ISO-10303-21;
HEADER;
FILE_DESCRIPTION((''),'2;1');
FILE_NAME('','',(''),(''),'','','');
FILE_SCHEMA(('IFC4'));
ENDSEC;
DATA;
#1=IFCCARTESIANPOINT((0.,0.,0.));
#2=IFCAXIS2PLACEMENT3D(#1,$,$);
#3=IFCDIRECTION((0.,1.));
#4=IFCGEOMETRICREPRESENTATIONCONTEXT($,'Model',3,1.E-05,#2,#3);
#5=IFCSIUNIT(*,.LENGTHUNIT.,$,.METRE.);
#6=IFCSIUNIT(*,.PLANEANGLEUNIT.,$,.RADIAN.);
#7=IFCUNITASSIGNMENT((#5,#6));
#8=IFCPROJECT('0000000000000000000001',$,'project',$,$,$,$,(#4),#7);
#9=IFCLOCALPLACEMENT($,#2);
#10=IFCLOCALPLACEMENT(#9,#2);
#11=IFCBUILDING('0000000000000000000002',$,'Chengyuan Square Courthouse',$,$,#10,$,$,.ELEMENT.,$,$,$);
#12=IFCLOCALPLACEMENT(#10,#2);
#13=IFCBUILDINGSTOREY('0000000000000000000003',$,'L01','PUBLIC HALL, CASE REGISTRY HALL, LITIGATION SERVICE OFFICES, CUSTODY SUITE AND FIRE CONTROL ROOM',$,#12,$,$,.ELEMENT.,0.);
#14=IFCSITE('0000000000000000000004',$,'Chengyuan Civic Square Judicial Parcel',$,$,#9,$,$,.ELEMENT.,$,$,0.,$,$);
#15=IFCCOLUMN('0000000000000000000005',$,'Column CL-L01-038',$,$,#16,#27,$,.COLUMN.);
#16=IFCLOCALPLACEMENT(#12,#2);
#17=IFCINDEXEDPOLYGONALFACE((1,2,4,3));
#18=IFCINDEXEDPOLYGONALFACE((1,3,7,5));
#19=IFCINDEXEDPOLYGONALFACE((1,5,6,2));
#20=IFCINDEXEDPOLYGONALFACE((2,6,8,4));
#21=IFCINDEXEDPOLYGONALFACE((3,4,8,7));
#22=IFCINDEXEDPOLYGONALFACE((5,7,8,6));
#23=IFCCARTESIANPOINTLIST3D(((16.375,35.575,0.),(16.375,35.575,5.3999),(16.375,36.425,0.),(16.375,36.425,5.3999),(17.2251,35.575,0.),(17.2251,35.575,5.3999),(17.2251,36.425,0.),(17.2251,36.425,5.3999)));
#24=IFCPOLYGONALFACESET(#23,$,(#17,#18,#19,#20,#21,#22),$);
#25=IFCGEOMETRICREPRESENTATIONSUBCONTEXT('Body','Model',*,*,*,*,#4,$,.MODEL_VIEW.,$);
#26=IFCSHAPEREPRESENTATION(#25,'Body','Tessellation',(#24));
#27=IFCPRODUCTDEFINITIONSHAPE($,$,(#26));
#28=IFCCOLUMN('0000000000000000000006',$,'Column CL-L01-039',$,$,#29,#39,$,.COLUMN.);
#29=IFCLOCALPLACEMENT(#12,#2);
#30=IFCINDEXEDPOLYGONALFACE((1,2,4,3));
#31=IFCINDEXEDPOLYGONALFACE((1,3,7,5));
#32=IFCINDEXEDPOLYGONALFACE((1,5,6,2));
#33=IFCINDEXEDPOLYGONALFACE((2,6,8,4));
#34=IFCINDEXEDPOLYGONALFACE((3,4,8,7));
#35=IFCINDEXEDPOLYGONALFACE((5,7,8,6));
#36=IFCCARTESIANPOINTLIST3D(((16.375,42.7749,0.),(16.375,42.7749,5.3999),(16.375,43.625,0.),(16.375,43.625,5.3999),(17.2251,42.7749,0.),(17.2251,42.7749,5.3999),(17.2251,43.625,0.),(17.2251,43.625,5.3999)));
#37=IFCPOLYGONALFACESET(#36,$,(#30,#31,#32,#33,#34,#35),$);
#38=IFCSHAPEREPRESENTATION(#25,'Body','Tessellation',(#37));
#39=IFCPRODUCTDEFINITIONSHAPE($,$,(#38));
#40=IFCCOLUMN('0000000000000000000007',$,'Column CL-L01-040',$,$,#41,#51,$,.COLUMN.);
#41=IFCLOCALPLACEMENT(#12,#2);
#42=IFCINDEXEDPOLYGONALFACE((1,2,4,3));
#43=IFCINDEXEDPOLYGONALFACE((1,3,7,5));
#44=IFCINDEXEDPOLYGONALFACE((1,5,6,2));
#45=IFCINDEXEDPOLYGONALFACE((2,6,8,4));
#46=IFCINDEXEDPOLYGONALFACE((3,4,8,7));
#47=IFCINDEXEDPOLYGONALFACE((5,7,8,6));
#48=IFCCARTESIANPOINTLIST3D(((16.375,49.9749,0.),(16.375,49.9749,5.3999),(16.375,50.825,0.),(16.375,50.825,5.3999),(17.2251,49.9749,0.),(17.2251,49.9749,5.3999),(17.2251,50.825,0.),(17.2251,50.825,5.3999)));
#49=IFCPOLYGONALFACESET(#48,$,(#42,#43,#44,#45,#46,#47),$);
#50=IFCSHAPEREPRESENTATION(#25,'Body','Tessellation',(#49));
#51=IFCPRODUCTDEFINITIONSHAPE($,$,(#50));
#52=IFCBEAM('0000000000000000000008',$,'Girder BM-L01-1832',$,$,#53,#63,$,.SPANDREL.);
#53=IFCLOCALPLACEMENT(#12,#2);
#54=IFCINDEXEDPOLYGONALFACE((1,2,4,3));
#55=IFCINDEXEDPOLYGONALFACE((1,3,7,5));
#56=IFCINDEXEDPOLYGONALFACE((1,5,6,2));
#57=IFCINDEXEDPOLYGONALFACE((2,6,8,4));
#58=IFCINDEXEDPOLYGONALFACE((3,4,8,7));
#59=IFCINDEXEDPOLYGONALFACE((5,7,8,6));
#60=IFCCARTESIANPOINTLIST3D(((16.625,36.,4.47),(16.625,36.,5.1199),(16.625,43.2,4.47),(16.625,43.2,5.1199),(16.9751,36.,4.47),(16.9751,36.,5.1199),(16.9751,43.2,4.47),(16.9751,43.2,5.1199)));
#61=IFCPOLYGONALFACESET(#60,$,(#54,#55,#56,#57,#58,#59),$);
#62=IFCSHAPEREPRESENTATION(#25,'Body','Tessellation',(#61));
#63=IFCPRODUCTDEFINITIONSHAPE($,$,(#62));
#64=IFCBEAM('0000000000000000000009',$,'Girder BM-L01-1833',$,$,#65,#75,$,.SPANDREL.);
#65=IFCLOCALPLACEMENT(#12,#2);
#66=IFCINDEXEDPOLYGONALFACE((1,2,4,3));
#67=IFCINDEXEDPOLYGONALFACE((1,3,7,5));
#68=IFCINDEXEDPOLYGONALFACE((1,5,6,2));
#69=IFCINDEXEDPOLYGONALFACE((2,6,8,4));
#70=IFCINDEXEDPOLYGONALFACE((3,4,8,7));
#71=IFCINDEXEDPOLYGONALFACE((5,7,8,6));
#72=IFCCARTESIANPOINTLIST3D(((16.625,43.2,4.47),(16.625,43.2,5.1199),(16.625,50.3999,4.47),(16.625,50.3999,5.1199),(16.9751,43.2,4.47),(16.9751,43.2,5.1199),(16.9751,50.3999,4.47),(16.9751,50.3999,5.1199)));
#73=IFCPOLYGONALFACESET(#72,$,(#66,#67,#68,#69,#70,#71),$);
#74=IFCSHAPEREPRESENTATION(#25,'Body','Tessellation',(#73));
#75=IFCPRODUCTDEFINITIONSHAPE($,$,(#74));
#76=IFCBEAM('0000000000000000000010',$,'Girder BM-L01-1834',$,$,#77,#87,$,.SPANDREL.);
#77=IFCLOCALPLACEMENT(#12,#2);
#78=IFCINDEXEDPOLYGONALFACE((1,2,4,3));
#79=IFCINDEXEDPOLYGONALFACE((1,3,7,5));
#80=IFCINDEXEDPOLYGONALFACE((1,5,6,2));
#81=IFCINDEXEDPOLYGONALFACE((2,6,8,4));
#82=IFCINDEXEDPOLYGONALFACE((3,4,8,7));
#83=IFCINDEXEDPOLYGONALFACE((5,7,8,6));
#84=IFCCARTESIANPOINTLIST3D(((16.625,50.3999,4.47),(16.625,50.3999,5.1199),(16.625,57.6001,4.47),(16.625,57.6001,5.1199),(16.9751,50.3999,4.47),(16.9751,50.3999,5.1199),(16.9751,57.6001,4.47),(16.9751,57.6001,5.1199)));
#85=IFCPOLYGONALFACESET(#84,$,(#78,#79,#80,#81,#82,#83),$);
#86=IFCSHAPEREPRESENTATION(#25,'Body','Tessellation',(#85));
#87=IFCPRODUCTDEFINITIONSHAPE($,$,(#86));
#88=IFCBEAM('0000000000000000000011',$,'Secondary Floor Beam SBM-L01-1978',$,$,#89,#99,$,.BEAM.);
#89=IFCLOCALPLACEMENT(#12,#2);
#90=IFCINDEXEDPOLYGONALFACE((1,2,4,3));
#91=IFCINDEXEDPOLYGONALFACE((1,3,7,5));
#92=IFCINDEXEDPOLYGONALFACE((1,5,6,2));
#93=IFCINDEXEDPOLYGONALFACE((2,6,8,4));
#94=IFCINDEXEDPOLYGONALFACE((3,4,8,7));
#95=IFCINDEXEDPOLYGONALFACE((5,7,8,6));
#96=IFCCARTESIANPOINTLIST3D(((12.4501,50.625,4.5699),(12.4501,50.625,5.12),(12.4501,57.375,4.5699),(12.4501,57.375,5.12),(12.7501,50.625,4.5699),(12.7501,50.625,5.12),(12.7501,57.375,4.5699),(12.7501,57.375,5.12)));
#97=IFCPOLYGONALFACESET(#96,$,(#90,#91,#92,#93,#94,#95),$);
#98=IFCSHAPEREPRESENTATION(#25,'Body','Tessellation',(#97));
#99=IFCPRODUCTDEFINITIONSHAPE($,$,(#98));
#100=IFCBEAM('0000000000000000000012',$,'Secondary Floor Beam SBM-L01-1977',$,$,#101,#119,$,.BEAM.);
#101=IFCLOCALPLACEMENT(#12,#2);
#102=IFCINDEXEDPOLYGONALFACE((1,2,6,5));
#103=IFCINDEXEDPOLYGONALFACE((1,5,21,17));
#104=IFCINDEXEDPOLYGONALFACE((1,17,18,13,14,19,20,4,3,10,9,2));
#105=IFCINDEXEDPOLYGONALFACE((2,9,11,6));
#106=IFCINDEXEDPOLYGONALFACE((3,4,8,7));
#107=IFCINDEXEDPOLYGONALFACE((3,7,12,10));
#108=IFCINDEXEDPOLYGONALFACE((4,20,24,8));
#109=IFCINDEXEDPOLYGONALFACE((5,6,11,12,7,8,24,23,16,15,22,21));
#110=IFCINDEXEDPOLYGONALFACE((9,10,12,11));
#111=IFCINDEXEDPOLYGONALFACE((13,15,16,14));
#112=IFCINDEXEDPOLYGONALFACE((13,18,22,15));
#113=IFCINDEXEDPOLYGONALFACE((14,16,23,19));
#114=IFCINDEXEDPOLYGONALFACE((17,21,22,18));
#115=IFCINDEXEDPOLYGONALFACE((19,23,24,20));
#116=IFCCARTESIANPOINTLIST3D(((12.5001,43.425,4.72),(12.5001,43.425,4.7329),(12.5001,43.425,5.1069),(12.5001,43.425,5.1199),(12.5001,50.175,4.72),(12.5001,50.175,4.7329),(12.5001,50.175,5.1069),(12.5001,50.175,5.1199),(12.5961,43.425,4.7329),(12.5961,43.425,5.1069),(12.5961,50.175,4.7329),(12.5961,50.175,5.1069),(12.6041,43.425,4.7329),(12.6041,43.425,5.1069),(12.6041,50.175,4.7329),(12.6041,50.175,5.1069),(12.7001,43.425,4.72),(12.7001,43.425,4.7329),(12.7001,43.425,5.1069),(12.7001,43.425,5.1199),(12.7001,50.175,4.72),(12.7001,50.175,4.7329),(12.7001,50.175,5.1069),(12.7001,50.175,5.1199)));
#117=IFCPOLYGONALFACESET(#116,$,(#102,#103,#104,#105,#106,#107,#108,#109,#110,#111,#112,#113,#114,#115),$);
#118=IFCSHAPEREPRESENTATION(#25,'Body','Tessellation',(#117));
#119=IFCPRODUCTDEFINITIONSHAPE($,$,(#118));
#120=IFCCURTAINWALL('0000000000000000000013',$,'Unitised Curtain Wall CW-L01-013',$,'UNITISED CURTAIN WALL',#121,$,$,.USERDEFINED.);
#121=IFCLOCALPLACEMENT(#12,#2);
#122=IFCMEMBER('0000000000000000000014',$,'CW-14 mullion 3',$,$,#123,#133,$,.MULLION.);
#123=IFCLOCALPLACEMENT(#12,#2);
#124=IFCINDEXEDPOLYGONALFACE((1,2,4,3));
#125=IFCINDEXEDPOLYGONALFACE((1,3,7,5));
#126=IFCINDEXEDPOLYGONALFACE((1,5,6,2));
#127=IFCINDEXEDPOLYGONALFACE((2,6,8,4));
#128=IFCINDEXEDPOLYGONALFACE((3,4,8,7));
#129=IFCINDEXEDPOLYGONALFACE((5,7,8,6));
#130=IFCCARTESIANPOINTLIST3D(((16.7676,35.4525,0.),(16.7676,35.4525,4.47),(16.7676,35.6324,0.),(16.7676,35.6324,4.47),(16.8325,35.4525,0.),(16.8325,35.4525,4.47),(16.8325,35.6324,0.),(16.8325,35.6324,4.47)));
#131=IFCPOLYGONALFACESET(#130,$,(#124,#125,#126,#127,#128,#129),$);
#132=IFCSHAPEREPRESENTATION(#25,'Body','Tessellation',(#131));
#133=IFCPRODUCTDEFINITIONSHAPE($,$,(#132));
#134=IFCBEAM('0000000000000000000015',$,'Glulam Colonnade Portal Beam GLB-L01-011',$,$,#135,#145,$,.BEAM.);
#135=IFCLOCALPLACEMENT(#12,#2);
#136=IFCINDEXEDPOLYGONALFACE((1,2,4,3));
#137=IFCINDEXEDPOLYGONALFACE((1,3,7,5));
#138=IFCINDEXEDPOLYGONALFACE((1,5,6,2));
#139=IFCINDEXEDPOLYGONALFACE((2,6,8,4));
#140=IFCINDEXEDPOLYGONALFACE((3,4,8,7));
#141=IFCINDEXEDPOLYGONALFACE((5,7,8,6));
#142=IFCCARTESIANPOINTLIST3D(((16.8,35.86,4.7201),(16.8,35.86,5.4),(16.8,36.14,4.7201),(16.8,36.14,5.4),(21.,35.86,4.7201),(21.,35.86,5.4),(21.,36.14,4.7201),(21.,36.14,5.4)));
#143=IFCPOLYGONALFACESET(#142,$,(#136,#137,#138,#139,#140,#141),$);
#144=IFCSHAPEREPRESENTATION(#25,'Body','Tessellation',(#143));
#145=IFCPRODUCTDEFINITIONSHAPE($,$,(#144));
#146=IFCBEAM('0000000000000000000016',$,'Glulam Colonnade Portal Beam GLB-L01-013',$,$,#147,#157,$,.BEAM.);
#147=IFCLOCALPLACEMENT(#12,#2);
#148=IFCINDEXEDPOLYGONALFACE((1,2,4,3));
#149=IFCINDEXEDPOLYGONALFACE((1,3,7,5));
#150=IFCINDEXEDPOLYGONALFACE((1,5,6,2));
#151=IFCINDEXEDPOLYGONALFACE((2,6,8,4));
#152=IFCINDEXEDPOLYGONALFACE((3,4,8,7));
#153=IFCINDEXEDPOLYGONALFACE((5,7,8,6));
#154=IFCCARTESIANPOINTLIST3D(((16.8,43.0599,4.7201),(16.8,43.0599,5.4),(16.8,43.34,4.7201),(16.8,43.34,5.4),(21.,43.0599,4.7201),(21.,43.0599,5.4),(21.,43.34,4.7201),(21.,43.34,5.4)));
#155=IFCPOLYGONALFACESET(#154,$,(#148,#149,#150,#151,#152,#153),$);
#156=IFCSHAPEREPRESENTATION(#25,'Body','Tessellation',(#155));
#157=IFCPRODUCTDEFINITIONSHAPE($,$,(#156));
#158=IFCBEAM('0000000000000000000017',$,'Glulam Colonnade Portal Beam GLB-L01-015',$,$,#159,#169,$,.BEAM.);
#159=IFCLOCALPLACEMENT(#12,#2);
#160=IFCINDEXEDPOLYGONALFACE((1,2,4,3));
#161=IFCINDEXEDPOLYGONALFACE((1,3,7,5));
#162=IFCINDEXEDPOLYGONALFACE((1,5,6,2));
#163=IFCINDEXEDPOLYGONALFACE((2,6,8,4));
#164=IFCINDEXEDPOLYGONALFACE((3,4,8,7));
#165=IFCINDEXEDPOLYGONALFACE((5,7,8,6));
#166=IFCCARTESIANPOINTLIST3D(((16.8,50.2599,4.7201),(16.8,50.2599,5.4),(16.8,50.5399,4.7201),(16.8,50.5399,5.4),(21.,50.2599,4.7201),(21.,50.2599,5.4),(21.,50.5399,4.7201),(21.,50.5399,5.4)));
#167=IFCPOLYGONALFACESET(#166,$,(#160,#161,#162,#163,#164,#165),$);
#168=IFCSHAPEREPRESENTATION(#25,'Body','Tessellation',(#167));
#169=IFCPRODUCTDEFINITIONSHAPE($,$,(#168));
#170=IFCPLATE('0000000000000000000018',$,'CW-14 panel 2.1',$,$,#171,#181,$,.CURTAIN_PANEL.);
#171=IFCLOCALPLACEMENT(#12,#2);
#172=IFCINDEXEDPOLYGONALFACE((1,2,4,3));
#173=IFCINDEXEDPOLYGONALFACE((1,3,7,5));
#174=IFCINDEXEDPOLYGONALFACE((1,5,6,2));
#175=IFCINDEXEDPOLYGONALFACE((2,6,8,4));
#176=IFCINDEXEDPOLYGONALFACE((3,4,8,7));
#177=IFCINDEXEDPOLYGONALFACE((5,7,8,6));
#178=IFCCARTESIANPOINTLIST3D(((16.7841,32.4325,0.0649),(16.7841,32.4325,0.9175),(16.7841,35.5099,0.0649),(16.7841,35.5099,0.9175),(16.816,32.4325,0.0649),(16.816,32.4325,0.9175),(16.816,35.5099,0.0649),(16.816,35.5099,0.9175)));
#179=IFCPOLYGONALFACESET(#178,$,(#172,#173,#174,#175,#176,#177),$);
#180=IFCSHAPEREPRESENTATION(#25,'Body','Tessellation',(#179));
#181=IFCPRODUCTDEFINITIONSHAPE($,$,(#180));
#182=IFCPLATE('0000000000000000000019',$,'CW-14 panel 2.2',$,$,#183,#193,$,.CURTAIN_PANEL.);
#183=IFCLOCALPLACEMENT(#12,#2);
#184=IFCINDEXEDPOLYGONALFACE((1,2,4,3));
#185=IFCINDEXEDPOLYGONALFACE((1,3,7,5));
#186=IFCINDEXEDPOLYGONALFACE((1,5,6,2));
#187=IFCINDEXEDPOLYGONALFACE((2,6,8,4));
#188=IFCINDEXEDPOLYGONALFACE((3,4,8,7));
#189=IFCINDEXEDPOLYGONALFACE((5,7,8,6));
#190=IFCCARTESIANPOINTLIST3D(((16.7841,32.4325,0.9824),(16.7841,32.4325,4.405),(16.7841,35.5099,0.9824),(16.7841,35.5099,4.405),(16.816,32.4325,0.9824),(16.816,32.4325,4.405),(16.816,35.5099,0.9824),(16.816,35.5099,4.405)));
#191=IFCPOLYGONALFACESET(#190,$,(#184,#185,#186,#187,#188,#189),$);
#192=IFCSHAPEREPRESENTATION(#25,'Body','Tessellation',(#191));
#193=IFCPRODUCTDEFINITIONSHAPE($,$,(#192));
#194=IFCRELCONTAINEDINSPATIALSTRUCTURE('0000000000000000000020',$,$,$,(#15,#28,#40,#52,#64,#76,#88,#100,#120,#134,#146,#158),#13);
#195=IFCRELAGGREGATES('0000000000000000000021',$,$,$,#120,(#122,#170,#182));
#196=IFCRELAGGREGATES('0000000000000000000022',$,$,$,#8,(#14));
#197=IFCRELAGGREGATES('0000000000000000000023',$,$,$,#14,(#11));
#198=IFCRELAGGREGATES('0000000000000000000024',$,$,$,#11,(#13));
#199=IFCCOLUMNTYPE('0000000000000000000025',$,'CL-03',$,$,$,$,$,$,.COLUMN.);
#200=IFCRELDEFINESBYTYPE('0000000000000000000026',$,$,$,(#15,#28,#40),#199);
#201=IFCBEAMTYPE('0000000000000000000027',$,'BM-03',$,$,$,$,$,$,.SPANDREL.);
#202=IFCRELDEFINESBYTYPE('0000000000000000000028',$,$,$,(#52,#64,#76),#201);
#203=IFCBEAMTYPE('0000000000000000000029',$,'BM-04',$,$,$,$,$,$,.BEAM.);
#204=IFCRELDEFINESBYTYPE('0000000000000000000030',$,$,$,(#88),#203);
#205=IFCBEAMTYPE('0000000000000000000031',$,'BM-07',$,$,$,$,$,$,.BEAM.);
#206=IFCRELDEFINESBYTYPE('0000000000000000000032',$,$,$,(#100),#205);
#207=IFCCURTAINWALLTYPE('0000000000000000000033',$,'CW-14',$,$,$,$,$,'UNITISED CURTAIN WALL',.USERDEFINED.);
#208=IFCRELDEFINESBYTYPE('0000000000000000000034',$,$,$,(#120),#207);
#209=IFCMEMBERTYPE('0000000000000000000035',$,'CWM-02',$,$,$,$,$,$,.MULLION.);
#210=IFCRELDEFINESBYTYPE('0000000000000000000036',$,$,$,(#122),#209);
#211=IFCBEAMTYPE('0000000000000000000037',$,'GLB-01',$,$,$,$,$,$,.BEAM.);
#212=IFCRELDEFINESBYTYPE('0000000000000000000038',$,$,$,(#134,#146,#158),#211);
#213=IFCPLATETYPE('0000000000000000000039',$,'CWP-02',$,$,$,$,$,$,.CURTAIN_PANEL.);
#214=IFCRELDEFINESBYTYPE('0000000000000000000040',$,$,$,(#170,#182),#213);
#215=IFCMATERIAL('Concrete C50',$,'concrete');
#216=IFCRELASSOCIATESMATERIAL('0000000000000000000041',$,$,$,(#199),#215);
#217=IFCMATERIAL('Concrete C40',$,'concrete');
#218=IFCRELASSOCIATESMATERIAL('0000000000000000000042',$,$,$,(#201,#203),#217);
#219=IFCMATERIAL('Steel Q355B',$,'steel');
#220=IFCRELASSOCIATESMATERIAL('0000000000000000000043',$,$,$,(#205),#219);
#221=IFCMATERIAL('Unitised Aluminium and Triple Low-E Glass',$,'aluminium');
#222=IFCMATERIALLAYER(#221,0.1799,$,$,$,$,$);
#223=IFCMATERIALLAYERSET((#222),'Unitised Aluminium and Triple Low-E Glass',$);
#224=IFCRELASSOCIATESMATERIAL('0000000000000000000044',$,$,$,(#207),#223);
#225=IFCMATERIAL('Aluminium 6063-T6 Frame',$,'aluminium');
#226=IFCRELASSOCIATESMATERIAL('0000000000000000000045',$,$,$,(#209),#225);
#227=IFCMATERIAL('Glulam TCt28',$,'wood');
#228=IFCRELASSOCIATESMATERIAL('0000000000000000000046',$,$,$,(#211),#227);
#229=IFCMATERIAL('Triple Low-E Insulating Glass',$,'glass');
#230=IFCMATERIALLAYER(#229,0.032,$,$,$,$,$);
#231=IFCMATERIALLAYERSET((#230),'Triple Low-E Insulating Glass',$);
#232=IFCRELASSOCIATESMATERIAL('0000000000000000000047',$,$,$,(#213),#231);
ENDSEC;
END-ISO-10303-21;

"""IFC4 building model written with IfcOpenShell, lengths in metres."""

from ifc_helpers import new_model, si_unit, direction, frame, origin, origin_2d, place, context, subcontext, project, spatial, rectangle, i_section, extrude, material, layer, layer_set, material_profile, profile_set, type_object, element, aggregate, save


model = new_model("IFC4")

# Units and contexts
model_context = context("Model", 3, precision=1e-05, world=origin(), true_north=direction((0.0, 1.0)))
body_context = subcontext(model_context, "Body", "Model", "MODEL_VIEW")
ifc_project = project(units=[si_unit("LENGTHUNIT", "METRE"), si_unit("PLANEANGLEUNIT", "RADIAN")], contexts=[model_context])

# Site, building, storey
site_placement = place(None, origin())
site = spatial("IfcSite", under=ifc_project, at=site_placement, Name="Chengyuan Civic Square Judicial Parcel", CompositionType="ELEMENT", RefElevation=0.0)
building_placement = place(site_placement, origin())
building = spatial("IfcBuilding", under=site, at=building_placement, Name="Chengyuan Square Courthouse", CompositionType="ELEMENT")
storey_placement = place(building_placement, origin())
storey = spatial("IfcBuildingStorey", under=building, at=storey_placement, Name="L01", Description="PUBLIC HALL, CASE REGISTRY HALL, LITIGATION SERVICE OFFICES, CUSTODY SUITE AND FIRE CONTROL ROOM", CompositionType="ELEMENT", Elevation=0.0)

# Columns
ifc_material_1 = material(Name="Concrete C50", Category="concrete")
ifc_material_profile_1 = material_profile(ifc_material_1, rectangle(XDim=0.8501, YDim=0.8501, at=origin_2d()), Name="RC-COL-850x850")
ifc_profile_set_1 = profile_set([ifc_material_profile_1], Name="Concrete C50")
column_type = type_object("IfcColumnType", Name="CL-03", PredefinedType="COLUMN", material=ifc_profile_set_1)
for number, where, z_axis, x_axis, name in (
    (1, (16.8, 36.0, 0.0), (0.0, 0.0, 1.0), (1.0, 0.0, 0.0), "Column CL-L01-038"),
    (2, (16.8, 43.2, 0.0), (0.0, 0.0, 1.0), (1.0, 0.0, 0.0), "Column CL-L01-039"),
    (3, (16.8, 50.3999, 0.0), (0.0, 0.0, 1.0), (1.0, 0.0, 0.0), "Column CL-L01-040"),
):
    element("IfcColumn", number, at=place(storey_placement, frame(where, z_axis=z_axis, x_axis=x_axis)), inside=storey, type_object=column_type, Name=name, PredefinedType="COLUMN", context=body_context, shape_type="SweptSolid", body=[
        extrude(rectangle(XDim=0.8501, YDim=0.8501, at=origin_2d()), origin(), (0.0, 0.0, 1.0), 5.3999),
    ])

# Beams
ifc_material_2 = material(Name="Concrete C40", Category="concrete")
ifc_material_profile_2 = material_profile(ifc_material_2, rectangle(XDim=0.3501, YDim=0.6499, at=origin_2d()), Name="RC-BM-350x650")
ifc_profile_set_2 = profile_set([ifc_material_profile_2], Name="Concrete C40")
beam_type_1 = type_object("IfcBeamType", Name="BM-03", PredefinedType="SPANDREL", material=ifc_profile_set_2)
for number, where, z_axis, x_axis, name in (
    (4, (16.8, 36.0, 4.7949), (0.0, 1.0, 0.0), (-1.0, 0.0, 0.0), "Girder BM-L01-1832"),
    (5, (16.8, 43.2, 4.7949), (0.0, 1.0, 0.0), (-1.0, 0.0, 0.0), "Girder BM-L01-1833"),
):
    element("IfcBeam", number, at=place(storey_placement, frame(where, z_axis=z_axis, x_axis=x_axis)), inside=storey, type_object=beam_type_1, Name=name, PredefinedType="SPANDREL", context=body_context, shape_type="SweptSolid", body=[
        extrude(rectangle(XDim=0.3501, YDim=0.6499, at=origin_2d()), origin(), (0.0, 0.0, 1.0), 7.2),
    ])
beam_1_placement = place(storey_placement, frame((16.8, 50.3999, 4.7949), z_axis=(0.0, 1.0, 0.0), x_axis=(-1.0, 0.0, 0.0)))
element("IfcBeam", 6, at=beam_1_placement, inside=storey, type_object=beam_type_1, Name="Girder BM-L01-1834", PredefinedType="SPANDREL", context=body_context, shape_type="SweptSolid", body=[
    extrude(rectangle(XDim=0.3501, YDim=0.6499, at=origin_2d()), origin(), (0.0, 0.0, 1.0), 7.2002),
])
ifc_material_profile_3 = material_profile(ifc_material_2, rectangle(XDim=0.3, YDim=0.55, at=origin_2d()), Name="RC-BM-300x550")
ifc_profile_set_3 = profile_set([ifc_material_profile_3], Name="Concrete C40")
beam_type_2 = type_object("IfcBeamType", Name="BM-04", PredefinedType="BEAM", material=ifc_profile_set_3)
beam_2_placement = place(storey_placement, frame((12.6001, 50.625, 4.845), z_axis=(0.0, 1.0, 0.0), x_axis=(-1.0, 0.0, 0.0)))
element("IfcBeam", 7, at=beam_2_placement, inside=storey, type_object=beam_type_2, Name="Secondary Floor Beam SBM-L01-1978", PredefinedType="BEAM", context=body_context, shape_type="SweptSolid", body=[
    extrude(rectangle(XDim=0.3, YDim=0.55, at=origin_2d()), origin(), (0.0, 0.0, 1.0), 6.75),
])
ifc_material_3 = material(Name="Steel Q355B", Category="steel")
ifc_material_profile_4 = material_profile(ifc_material_3, i_section(OverallWidth=0.2, OverallDepth=0.3999, WebThickness=0.0081, FlangeThickness=0.0129, at=origin_2d()), Name="HN 400x200x8x13")
ifc_profile_set_4 = profile_set([ifc_material_profile_4], Name="Steel Q355B")
beam_type_3 = type_object("IfcBeamType", Name="BM-07", PredefinedType="BEAM", material=ifc_profile_set_4)
beam_3_placement = place(storey_placement, frame((12.6001, 43.425, 4.9199), z_axis=(0.0, 1.0, 0.0), x_axis=(-1.0, 0.0, 0.0)))
element("IfcBeam", 8, at=beam_3_placement, inside=storey, type_object=beam_type_3, Name="Secondary Floor Beam SBM-L01-1977", PredefinedType="BEAM", context=body_context, shape_type="SweptSolid", body=[
    extrude(i_section(OverallWidth=0.2, OverallDepth=0.3999, WebThickness=0.0081, FlangeThickness=0.0129, at=origin_2d()), origin(), (0.0, 0.0, 1.0), 6.75),
])

# Curtain wall, member
ifc_material_4 = material(Name="Unitised Aluminium and Triple Low-E Glass", Category="aluminium")
ifc_layer_1 = layer(ifc_material_4, 0.1799)
ifc_layer_set_1 = layer_set([ifc_layer_1], Name="Unitised Aluminium and Triple Low-E Glass")
curtain_wall_type = type_object("IfcCurtainWallType", Name="CW-14", ElementType="UNITISED CURTAIN WALL", PredefinedType="USERDEFINED", material=ifc_layer_set_1)
curtain_wall_placement = place(storey_placement, origin())
curtain_wall = element("IfcCurtainWall", 9, at=curtain_wall_placement, inside=storey, type_object=curtain_wall_type, Name="Unitised Curtain Wall CW-L01-013", ObjectType="UNITISED CURTAIN WALL", PredefinedType="USERDEFINED")
ifc_material_5 = material(Name="Aluminium 6063-T6 Frame", Category="aluminium")
ifc_material_profile_5 = material_profile(ifc_material_5, rectangle(XDim=0.0649, YDim=0.1799, at=origin_2d()), Name="CW-MUL-65x180")
ifc_profile_set_5 = profile_set([ifc_material_profile_5], Name="Aluminium 6063-T6 Frame")
member_type = type_object("IfcMemberType", Name="CWM-02", PredefinedType="MULLION", material=ifc_profile_set_5)
member_placement = place(storey_placement, frame((16.8, 35.5425, 0.0), z_axis=(0.0, 0.0, 1.0), x_axis=(-1.0, 0.0, 0.0)))
member = element("IfcMember", 10, at=member_placement, type_object=member_type, Name="CW-14 mullion 3", PredefinedType="MULLION", context=body_context, shape_type="SweptSolid", body=[
    extrude(rectangle(XDim=0.0649, YDim=0.1799, at=origin_2d()), origin(), (0.0, 0.0, 1.0), 4.47),
])

# Beams
ifc_material_6 = material(Name="Glulam TCt28", Category="wood")
ifc_material_profile_6 = material_profile(ifc_material_6, rectangle(XDim=0.28, YDim=0.6799, at=origin_2d()), Name="GL-BM-280x680")
ifc_profile_set_6 = profile_set([ifc_material_profile_6], Name="Glulam TCt28")
beam_type_4 = type_object("IfcBeamType", Name="GLB-01", PredefinedType="BEAM", material=ifc_profile_set_6)
for number, where, z_axis, x_axis, name in (
    (11, (16.8, 36.0, 5.0601), (1.0, 0.0, 0.0), (0.0, 1.0, 0.0), "Glulam Colonnade Portal Beam GLB-L01-011"),
    (12, (16.8, 43.2, 5.0601), (1.0, 0.0, 0.0), (0.0, 1.0, 0.0), "Glulam Colonnade Portal Beam GLB-L01-013"),
    (13, (16.8, 50.3999, 5.0601), (1.0, 0.0, 0.0), (0.0, 1.0, 0.0), "Glulam Colonnade Portal Beam GLB-L01-015"),
):
    element("IfcBeam", number, at=place(storey_placement, frame(where, z_axis=z_axis, x_axis=x_axis)), inside=storey, type_object=beam_type_4, Name=name, PredefinedType="BEAM", context=body_context, shape_type="SweptSolid", body=[
        extrude(rectangle(XDim=0.28, YDim=0.6799, at=origin_2d()), origin(), (0.0, 0.0, 1.0), 4.2),
    ])

# Plates
ifc_material_7 = material(Name="Triple Low-E Insulating Glass", Category="glass")
ifc_layer_2 = layer(ifc_material_7, 0.032)
ifc_layer_set_2 = layer_set([ifc_layer_2], Name="Triple Low-E Insulating Glass")
plate_type = type_object("IfcPlateType", Name="CWP-02", PredefinedType="CURTAIN_PANEL", material=ifc_layer_set_2)
plate_1_placement = place(storey_placement, frame((16.8, 33.9712, 0.0649), z_axis=(0.0, 0.0, 1.0), x_axis=(0.0, 1.0, 0.0)))
plate_1 = element("IfcPlate", 14, at=plate_1_placement, type_object=plate_type, Name="CW-14 panel 2.1", PredefinedType="CURTAIN_PANEL", context=body_context, shape_type="SweptSolid", body=[
    extrude(rectangle(XDim=3.0774, YDim=0.032, at=origin_2d()), origin(), (0.0, 0.0, 1.0), 0.8525),
])
plate_2_placement = place(storey_placement, frame((16.8, 33.9712, 0.9824), z_axis=(0.0, 0.0, 1.0), x_axis=(0.0, 1.0, 0.0)))
plate_2 = element("IfcPlate", 15, at=plate_2_placement, type_object=plate_type, Name="CW-14 panel 2.2", PredefinedType="CURTAIN_PANEL", context=body_context, shape_type="SweptSolid", body=[
    extrude(rectangle(XDim=3.0774, YDim=0.032, at=origin_2d()), origin(), (0.0, 0.0, 1.0), 3.4226),
])
aggregate(curtain_wall, [member, plate_1, plate_2])

save(model, "model.ifc")
